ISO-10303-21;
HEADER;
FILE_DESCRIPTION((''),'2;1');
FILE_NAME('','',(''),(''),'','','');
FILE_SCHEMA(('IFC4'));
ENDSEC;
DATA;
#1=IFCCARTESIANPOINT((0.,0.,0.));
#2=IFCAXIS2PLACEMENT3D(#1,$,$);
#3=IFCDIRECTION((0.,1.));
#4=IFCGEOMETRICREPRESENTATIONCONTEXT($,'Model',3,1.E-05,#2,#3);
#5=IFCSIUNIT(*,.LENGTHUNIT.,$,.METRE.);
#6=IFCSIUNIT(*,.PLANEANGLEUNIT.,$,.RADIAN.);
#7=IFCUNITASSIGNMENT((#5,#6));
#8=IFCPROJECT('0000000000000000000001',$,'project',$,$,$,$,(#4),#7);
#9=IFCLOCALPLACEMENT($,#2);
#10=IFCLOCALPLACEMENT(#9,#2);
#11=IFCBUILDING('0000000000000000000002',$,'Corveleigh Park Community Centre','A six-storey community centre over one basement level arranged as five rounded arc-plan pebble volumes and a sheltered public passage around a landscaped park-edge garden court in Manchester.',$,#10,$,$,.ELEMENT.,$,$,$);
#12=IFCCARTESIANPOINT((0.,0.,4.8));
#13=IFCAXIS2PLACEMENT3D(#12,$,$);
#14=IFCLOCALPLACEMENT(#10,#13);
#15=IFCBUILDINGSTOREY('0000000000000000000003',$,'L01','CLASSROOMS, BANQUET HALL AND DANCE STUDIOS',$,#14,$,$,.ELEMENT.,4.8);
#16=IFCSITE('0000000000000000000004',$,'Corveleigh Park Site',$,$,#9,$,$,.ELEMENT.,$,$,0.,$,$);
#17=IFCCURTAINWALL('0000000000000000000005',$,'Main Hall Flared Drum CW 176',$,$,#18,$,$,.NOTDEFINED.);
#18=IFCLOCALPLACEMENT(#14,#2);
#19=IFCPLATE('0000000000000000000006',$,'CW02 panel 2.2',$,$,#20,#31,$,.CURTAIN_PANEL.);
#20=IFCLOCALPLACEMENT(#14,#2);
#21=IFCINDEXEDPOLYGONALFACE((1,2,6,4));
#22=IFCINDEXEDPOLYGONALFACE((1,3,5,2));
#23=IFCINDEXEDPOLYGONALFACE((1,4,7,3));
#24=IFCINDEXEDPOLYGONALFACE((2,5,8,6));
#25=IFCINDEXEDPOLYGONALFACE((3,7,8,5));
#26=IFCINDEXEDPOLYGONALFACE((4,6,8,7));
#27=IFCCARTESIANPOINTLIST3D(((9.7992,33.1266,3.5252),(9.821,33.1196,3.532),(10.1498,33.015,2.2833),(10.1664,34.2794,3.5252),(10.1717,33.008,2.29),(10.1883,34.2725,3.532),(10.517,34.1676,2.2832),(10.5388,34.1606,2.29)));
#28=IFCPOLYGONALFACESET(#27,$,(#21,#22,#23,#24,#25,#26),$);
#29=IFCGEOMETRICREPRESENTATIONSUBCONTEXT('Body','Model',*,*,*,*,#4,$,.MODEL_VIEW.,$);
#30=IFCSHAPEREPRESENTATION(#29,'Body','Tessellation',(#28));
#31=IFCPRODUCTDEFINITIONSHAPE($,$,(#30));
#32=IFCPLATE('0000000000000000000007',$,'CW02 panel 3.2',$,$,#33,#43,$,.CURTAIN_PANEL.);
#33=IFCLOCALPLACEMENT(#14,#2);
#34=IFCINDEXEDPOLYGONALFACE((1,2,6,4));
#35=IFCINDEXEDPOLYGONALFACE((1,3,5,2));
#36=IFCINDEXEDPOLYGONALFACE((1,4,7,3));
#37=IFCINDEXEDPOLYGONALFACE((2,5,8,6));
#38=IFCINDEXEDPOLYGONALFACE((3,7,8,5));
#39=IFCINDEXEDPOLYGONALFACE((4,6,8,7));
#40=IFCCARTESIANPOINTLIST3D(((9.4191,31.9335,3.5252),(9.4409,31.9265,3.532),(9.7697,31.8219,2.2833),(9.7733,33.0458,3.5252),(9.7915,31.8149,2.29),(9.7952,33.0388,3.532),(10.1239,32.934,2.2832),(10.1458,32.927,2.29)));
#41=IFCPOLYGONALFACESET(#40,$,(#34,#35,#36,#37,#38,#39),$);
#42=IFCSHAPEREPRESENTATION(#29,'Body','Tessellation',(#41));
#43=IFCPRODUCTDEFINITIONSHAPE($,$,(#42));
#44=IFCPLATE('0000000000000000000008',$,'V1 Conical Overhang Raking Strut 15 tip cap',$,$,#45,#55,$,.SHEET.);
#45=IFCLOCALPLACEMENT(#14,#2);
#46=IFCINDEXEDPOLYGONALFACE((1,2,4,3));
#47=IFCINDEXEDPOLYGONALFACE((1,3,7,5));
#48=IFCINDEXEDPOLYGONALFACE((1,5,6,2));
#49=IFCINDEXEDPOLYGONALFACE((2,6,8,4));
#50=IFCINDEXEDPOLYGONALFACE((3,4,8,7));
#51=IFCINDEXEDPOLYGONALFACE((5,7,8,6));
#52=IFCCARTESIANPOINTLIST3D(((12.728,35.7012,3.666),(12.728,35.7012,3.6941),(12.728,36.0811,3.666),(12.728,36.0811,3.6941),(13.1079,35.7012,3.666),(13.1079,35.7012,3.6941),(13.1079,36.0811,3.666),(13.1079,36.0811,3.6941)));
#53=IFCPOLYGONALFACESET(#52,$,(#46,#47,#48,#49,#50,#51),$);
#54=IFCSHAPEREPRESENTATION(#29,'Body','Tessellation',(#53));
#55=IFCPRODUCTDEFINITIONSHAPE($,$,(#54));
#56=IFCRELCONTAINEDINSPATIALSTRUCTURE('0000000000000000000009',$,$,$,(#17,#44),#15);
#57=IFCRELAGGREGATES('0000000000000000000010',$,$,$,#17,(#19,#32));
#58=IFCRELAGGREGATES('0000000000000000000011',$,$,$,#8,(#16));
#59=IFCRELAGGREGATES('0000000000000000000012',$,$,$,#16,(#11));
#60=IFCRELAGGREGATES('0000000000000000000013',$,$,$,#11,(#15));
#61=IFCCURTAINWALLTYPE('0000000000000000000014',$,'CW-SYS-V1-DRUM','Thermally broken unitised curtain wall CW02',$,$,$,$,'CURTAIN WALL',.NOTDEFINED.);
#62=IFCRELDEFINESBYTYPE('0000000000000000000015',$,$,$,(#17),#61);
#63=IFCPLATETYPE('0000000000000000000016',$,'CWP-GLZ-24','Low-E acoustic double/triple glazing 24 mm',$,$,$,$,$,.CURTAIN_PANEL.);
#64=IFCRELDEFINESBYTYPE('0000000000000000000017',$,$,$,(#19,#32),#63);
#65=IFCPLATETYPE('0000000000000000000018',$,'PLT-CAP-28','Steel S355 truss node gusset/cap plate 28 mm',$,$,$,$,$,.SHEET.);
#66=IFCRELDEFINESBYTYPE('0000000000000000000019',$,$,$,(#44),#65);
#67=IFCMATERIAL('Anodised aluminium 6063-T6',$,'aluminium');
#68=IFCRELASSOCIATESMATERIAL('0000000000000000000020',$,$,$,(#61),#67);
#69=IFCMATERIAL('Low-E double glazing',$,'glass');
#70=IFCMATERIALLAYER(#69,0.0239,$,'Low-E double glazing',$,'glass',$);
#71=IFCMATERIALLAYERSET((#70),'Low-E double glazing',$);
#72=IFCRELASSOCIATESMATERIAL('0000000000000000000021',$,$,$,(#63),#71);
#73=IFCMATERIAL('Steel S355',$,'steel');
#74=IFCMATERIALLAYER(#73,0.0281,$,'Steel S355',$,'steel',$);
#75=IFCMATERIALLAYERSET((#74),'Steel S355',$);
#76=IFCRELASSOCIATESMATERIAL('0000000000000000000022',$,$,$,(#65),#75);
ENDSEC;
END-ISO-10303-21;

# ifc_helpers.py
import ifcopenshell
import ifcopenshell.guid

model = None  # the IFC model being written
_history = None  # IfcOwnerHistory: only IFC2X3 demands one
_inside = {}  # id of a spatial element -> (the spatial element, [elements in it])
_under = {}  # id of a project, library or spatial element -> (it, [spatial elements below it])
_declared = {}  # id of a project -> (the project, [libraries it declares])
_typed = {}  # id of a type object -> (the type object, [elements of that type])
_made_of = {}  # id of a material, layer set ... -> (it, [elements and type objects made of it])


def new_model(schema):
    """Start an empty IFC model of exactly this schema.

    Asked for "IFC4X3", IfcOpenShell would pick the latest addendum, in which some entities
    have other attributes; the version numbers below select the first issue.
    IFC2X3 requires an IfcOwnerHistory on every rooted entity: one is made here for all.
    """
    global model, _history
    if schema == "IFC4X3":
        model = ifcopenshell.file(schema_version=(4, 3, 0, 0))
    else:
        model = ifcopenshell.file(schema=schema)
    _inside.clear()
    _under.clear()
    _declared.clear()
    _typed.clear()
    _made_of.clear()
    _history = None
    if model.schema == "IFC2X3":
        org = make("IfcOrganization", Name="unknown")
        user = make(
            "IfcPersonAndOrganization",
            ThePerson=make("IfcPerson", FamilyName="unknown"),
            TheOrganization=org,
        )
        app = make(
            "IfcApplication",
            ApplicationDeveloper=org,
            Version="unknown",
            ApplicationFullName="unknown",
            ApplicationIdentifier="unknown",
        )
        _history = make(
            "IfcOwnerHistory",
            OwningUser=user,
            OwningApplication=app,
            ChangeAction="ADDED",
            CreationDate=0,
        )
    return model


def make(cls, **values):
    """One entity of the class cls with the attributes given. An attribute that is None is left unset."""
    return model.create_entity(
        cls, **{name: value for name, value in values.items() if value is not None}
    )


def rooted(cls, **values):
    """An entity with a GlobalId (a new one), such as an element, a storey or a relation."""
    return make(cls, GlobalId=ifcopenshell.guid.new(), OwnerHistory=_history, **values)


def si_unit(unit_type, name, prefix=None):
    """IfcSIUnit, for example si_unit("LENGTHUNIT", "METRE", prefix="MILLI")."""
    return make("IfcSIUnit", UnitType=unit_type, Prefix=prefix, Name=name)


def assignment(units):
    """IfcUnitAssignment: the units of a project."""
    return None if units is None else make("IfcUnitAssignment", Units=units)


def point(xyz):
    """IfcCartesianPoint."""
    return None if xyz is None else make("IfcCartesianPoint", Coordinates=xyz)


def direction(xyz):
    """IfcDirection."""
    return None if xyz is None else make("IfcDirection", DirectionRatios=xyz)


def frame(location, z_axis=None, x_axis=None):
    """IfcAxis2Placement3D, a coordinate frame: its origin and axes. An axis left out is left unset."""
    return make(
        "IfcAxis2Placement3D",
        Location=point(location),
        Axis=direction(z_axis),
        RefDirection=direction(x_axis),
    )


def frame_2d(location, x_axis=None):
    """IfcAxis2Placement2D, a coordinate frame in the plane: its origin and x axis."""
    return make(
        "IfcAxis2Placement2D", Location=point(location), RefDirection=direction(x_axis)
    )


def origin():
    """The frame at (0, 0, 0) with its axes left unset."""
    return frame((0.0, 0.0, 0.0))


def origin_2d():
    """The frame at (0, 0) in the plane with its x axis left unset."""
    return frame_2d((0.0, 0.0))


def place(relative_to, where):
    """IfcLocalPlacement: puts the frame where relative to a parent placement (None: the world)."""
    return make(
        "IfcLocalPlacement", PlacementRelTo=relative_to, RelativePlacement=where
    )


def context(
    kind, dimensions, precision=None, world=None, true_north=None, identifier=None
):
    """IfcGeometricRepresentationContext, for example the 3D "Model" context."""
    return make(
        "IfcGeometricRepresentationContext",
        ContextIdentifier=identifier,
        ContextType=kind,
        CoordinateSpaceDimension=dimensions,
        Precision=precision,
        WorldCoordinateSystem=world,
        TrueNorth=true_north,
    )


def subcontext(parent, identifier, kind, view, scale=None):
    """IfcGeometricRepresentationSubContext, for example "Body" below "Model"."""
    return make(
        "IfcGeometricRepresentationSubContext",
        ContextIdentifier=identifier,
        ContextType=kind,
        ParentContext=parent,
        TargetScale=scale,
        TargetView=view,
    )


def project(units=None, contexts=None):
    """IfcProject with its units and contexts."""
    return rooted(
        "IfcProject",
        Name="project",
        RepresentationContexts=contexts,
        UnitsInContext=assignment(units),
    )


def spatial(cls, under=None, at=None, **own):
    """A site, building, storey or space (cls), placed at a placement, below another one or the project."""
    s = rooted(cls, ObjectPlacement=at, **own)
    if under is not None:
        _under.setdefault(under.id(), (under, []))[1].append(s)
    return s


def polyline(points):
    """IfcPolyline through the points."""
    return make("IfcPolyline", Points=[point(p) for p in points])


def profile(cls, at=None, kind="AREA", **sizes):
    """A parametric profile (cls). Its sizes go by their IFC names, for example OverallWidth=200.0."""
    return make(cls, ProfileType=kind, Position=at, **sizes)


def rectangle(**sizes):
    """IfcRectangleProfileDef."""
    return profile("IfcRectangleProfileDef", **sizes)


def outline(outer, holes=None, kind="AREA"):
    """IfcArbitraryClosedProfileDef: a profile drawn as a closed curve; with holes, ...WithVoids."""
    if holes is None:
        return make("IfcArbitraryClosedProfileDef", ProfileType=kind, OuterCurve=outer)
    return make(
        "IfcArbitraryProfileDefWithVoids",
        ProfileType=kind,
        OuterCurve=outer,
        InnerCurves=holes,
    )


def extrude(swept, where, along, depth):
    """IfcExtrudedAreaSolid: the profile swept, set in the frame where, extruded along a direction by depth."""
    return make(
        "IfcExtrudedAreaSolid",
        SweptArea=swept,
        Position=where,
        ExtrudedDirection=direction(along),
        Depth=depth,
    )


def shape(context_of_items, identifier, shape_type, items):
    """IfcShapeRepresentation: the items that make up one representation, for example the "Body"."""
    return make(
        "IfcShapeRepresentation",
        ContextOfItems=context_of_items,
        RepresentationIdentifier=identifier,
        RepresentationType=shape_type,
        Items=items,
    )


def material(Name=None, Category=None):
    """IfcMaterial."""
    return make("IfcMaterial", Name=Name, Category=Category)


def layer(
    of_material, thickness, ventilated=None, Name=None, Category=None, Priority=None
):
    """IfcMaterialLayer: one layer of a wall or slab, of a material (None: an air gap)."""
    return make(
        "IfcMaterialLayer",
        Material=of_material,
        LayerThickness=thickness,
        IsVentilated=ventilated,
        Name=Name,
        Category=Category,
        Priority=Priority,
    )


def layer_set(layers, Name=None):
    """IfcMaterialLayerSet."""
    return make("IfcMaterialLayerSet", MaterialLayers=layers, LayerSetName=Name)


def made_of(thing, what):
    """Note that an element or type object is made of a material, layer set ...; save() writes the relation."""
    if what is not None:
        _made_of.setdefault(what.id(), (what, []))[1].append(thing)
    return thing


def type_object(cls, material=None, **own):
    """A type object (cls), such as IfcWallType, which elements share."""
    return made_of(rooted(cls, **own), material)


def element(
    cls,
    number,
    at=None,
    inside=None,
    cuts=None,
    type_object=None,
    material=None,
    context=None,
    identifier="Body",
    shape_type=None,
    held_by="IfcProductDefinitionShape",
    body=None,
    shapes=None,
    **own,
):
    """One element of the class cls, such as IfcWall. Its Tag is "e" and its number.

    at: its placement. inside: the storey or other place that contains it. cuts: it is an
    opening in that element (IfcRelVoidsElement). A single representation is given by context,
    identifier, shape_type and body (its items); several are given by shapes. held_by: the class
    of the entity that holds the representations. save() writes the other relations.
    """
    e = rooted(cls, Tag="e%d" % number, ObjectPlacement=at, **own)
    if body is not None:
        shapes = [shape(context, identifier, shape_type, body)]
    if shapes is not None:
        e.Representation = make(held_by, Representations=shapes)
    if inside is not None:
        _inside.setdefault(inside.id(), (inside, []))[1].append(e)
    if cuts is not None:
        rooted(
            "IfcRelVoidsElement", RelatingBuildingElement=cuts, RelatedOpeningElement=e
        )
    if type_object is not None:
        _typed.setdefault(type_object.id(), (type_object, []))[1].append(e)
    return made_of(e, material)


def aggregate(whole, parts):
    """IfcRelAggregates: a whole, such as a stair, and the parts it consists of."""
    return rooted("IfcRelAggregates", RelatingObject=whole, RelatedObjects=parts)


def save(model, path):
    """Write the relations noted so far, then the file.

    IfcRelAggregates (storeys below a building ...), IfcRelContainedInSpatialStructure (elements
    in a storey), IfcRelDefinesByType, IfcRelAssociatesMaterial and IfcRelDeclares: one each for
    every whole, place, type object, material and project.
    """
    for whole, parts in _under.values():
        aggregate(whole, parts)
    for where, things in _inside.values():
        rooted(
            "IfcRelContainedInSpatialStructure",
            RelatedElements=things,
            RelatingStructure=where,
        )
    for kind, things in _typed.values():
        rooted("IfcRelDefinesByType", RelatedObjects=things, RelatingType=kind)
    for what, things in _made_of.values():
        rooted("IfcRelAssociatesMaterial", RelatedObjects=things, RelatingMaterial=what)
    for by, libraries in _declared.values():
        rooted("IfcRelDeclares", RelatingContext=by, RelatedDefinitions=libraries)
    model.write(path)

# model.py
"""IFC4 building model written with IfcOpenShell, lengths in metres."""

from ifc_helpers import new_model, si_unit, direction, frame, origin, origin_2d, place, context, subcontext, project, spatial, polyline, rectangle, outline, extrude, material, layer, layer_set, type_object, element, aggregate, save


model = new_model("IFC4")

# Units and contexts
model_context = context("Model", 3, precision=1e-05, world=origin(), true_north=direction((0.0, 1.0)))
body_context = subcontext(model_context, "Body", "Model", "MODEL_VIEW")
ifc_project = project(units=[si_unit("LENGTHUNIT", "METRE"), si_unit("PLANEANGLEUNIT", "RADIAN")], contexts=[model_context])

# Site, building, storey
site_placement = place(None, origin())
site = spatial("IfcSite", under=ifc_project, at=site_placement, Name="Corveleigh Park Site", CompositionType="ELEMENT", RefElevation=0.0)
building_placement = place(site_placement, origin())
building = spatial("IfcBuilding", under=site, at=building_placement, Name="Corveleigh Park Community Centre", Description="A six-storey community centre over one basement level arranged as five rounded arc-plan pebble volumes and a sheltered public passage around a landscaped park-edge garden court in Manchester.", CompositionType="ELEMENT")
storey_placement = place(building_placement, frame((0.0, 0.0, 4.8)))
storey = spatial("IfcBuildingStorey", under=building, at=storey_placement, Name="L01", Description="CLASSROOMS, BANQUET HALL AND DANCE STUDIOS", CompositionType="ELEMENT", Elevation=4.8)

# Shared definitions
ifc_material_1 = material(Name="Steel S355", Category="steel")

# Curtain wall
ifc_material_2 = material(Name="Anodised aluminium 6063-T6", Category="aluminium")
curtain_wall_type = type_object("IfcCurtainWallType", Name="CW-SYS-V1-DRUM", Description="Thermally broken unitised curtain wall CW02", ElementType="CURTAIN WALL", PredefinedType="NOTDEFINED", material=ifc_material_2)
curtain_wall_1_placement = place(storey_placement, origin())
curtain_wall_1 = element("IfcCurtainWall", 1, at=curtain_wall_1_placement, inside=storey, type_object=curtain_wall_type, Name="Main Hall Flared Drum CW 176", PredefinedType="NOTDEFINED")

# Plates
ifc_material_3 = material(Name="Low-E double glazing", Category="glass")
ifc_layer_1 = layer(ifc_material_3, 0.0239, Name="Low-E double glazing", Category="glass")
ifc_layer_set_1 = layer_set([ifc_layer_1], Name="Low-E double glazing")
plate_type_1 = type_object("IfcPlateType", Name="CWP-GLZ-24", Description="Low-E acoustic double/triple glazing 24 mm", PredefinedType="CURTAIN_PANEL", material=ifc_layer_set_1)
plate_1_placement = place(storey_placement, frame((10.5388, 34.1606, 2.29), z_axis=(0.913575, -0.291013, 0.284064), x_axis=(-0.303518, -0.952826, 0.000008)))
plate_1 = element("IfcPlate", 2, at=plate_1_placement, type_object=plate_type_1, Name="CW02 panel 2.2", PredefinedType="CURTAIN_PANEL", context=body_context, shape_type="SweptSolid", body=[
    extrude(outline(polyline([(0.0, 0.0), (1.2097, 0.0), (1.2098, -1.2953), (-0.0001, -1.2953), (0.0, 0.0)])), origin(), (0.0, 0.0, -1.0), 0.0239),
])
plate_2_placement = place(storey_placement, frame((10.1458, 32.927, 2.29), z_axis=(0.913582, -0.290991, 0.284064), x_axis=(-0.303495, -0.952833, 0.000009)))
plate_2 = element("IfcPlate", 3, at=plate_2_placement, type_object=plate_type_1, Name="CW02 panel 3.2", PredefinedType="CURTAIN_PANEL", context=body_context, shape_type="SweptSolid", body=[
    extrude(outline(polyline([(0.0, 0.0), (1.1671, 0.0), (1.1672, -1.2953), (-0.0001, -1.2953), (0.0, 0.0)])), origin(), (0.0, 0.0, -1.0), 0.0239),
])
aggregate(curtain_wall_1, [plate_1, plate_2])
ifc_layer_2 = layer(ifc_material_1, 0.0281, Name="Steel S355", Category="steel")
ifc_layer_set_2 = layer_set([ifc_layer_2], Name="Steel S355")
plate_type_2 = type_object("IfcPlateType", Name="PLT-CAP-28", Description="Steel S355 truss node gusset/cap plate 28 mm", PredefinedType="SHEET", material=ifc_layer_set_2)
plate_3_placement = place(storey_placement, frame((12.918, 35.8911, 3.666), z_axis=(0.0, 0.0, 1.0), x_axis=(1.0, 0.0, 0.0)))
element("IfcPlate", 4, at=plate_3_placement, inside=storey, type_object=plate_type_2, Name="V1 Conical Overhang Raking Strut 15 tip cap", PredefinedType="SHEET", context=body_context, shape_type="SweptSolid", body=[
    extrude(rectangle(XDim=0.3799, YDim=0.3799, at=origin_2d()), origin(), (0.0, 0.0, 1.0), 0.0281),
])

save(model, "model.ifc")
